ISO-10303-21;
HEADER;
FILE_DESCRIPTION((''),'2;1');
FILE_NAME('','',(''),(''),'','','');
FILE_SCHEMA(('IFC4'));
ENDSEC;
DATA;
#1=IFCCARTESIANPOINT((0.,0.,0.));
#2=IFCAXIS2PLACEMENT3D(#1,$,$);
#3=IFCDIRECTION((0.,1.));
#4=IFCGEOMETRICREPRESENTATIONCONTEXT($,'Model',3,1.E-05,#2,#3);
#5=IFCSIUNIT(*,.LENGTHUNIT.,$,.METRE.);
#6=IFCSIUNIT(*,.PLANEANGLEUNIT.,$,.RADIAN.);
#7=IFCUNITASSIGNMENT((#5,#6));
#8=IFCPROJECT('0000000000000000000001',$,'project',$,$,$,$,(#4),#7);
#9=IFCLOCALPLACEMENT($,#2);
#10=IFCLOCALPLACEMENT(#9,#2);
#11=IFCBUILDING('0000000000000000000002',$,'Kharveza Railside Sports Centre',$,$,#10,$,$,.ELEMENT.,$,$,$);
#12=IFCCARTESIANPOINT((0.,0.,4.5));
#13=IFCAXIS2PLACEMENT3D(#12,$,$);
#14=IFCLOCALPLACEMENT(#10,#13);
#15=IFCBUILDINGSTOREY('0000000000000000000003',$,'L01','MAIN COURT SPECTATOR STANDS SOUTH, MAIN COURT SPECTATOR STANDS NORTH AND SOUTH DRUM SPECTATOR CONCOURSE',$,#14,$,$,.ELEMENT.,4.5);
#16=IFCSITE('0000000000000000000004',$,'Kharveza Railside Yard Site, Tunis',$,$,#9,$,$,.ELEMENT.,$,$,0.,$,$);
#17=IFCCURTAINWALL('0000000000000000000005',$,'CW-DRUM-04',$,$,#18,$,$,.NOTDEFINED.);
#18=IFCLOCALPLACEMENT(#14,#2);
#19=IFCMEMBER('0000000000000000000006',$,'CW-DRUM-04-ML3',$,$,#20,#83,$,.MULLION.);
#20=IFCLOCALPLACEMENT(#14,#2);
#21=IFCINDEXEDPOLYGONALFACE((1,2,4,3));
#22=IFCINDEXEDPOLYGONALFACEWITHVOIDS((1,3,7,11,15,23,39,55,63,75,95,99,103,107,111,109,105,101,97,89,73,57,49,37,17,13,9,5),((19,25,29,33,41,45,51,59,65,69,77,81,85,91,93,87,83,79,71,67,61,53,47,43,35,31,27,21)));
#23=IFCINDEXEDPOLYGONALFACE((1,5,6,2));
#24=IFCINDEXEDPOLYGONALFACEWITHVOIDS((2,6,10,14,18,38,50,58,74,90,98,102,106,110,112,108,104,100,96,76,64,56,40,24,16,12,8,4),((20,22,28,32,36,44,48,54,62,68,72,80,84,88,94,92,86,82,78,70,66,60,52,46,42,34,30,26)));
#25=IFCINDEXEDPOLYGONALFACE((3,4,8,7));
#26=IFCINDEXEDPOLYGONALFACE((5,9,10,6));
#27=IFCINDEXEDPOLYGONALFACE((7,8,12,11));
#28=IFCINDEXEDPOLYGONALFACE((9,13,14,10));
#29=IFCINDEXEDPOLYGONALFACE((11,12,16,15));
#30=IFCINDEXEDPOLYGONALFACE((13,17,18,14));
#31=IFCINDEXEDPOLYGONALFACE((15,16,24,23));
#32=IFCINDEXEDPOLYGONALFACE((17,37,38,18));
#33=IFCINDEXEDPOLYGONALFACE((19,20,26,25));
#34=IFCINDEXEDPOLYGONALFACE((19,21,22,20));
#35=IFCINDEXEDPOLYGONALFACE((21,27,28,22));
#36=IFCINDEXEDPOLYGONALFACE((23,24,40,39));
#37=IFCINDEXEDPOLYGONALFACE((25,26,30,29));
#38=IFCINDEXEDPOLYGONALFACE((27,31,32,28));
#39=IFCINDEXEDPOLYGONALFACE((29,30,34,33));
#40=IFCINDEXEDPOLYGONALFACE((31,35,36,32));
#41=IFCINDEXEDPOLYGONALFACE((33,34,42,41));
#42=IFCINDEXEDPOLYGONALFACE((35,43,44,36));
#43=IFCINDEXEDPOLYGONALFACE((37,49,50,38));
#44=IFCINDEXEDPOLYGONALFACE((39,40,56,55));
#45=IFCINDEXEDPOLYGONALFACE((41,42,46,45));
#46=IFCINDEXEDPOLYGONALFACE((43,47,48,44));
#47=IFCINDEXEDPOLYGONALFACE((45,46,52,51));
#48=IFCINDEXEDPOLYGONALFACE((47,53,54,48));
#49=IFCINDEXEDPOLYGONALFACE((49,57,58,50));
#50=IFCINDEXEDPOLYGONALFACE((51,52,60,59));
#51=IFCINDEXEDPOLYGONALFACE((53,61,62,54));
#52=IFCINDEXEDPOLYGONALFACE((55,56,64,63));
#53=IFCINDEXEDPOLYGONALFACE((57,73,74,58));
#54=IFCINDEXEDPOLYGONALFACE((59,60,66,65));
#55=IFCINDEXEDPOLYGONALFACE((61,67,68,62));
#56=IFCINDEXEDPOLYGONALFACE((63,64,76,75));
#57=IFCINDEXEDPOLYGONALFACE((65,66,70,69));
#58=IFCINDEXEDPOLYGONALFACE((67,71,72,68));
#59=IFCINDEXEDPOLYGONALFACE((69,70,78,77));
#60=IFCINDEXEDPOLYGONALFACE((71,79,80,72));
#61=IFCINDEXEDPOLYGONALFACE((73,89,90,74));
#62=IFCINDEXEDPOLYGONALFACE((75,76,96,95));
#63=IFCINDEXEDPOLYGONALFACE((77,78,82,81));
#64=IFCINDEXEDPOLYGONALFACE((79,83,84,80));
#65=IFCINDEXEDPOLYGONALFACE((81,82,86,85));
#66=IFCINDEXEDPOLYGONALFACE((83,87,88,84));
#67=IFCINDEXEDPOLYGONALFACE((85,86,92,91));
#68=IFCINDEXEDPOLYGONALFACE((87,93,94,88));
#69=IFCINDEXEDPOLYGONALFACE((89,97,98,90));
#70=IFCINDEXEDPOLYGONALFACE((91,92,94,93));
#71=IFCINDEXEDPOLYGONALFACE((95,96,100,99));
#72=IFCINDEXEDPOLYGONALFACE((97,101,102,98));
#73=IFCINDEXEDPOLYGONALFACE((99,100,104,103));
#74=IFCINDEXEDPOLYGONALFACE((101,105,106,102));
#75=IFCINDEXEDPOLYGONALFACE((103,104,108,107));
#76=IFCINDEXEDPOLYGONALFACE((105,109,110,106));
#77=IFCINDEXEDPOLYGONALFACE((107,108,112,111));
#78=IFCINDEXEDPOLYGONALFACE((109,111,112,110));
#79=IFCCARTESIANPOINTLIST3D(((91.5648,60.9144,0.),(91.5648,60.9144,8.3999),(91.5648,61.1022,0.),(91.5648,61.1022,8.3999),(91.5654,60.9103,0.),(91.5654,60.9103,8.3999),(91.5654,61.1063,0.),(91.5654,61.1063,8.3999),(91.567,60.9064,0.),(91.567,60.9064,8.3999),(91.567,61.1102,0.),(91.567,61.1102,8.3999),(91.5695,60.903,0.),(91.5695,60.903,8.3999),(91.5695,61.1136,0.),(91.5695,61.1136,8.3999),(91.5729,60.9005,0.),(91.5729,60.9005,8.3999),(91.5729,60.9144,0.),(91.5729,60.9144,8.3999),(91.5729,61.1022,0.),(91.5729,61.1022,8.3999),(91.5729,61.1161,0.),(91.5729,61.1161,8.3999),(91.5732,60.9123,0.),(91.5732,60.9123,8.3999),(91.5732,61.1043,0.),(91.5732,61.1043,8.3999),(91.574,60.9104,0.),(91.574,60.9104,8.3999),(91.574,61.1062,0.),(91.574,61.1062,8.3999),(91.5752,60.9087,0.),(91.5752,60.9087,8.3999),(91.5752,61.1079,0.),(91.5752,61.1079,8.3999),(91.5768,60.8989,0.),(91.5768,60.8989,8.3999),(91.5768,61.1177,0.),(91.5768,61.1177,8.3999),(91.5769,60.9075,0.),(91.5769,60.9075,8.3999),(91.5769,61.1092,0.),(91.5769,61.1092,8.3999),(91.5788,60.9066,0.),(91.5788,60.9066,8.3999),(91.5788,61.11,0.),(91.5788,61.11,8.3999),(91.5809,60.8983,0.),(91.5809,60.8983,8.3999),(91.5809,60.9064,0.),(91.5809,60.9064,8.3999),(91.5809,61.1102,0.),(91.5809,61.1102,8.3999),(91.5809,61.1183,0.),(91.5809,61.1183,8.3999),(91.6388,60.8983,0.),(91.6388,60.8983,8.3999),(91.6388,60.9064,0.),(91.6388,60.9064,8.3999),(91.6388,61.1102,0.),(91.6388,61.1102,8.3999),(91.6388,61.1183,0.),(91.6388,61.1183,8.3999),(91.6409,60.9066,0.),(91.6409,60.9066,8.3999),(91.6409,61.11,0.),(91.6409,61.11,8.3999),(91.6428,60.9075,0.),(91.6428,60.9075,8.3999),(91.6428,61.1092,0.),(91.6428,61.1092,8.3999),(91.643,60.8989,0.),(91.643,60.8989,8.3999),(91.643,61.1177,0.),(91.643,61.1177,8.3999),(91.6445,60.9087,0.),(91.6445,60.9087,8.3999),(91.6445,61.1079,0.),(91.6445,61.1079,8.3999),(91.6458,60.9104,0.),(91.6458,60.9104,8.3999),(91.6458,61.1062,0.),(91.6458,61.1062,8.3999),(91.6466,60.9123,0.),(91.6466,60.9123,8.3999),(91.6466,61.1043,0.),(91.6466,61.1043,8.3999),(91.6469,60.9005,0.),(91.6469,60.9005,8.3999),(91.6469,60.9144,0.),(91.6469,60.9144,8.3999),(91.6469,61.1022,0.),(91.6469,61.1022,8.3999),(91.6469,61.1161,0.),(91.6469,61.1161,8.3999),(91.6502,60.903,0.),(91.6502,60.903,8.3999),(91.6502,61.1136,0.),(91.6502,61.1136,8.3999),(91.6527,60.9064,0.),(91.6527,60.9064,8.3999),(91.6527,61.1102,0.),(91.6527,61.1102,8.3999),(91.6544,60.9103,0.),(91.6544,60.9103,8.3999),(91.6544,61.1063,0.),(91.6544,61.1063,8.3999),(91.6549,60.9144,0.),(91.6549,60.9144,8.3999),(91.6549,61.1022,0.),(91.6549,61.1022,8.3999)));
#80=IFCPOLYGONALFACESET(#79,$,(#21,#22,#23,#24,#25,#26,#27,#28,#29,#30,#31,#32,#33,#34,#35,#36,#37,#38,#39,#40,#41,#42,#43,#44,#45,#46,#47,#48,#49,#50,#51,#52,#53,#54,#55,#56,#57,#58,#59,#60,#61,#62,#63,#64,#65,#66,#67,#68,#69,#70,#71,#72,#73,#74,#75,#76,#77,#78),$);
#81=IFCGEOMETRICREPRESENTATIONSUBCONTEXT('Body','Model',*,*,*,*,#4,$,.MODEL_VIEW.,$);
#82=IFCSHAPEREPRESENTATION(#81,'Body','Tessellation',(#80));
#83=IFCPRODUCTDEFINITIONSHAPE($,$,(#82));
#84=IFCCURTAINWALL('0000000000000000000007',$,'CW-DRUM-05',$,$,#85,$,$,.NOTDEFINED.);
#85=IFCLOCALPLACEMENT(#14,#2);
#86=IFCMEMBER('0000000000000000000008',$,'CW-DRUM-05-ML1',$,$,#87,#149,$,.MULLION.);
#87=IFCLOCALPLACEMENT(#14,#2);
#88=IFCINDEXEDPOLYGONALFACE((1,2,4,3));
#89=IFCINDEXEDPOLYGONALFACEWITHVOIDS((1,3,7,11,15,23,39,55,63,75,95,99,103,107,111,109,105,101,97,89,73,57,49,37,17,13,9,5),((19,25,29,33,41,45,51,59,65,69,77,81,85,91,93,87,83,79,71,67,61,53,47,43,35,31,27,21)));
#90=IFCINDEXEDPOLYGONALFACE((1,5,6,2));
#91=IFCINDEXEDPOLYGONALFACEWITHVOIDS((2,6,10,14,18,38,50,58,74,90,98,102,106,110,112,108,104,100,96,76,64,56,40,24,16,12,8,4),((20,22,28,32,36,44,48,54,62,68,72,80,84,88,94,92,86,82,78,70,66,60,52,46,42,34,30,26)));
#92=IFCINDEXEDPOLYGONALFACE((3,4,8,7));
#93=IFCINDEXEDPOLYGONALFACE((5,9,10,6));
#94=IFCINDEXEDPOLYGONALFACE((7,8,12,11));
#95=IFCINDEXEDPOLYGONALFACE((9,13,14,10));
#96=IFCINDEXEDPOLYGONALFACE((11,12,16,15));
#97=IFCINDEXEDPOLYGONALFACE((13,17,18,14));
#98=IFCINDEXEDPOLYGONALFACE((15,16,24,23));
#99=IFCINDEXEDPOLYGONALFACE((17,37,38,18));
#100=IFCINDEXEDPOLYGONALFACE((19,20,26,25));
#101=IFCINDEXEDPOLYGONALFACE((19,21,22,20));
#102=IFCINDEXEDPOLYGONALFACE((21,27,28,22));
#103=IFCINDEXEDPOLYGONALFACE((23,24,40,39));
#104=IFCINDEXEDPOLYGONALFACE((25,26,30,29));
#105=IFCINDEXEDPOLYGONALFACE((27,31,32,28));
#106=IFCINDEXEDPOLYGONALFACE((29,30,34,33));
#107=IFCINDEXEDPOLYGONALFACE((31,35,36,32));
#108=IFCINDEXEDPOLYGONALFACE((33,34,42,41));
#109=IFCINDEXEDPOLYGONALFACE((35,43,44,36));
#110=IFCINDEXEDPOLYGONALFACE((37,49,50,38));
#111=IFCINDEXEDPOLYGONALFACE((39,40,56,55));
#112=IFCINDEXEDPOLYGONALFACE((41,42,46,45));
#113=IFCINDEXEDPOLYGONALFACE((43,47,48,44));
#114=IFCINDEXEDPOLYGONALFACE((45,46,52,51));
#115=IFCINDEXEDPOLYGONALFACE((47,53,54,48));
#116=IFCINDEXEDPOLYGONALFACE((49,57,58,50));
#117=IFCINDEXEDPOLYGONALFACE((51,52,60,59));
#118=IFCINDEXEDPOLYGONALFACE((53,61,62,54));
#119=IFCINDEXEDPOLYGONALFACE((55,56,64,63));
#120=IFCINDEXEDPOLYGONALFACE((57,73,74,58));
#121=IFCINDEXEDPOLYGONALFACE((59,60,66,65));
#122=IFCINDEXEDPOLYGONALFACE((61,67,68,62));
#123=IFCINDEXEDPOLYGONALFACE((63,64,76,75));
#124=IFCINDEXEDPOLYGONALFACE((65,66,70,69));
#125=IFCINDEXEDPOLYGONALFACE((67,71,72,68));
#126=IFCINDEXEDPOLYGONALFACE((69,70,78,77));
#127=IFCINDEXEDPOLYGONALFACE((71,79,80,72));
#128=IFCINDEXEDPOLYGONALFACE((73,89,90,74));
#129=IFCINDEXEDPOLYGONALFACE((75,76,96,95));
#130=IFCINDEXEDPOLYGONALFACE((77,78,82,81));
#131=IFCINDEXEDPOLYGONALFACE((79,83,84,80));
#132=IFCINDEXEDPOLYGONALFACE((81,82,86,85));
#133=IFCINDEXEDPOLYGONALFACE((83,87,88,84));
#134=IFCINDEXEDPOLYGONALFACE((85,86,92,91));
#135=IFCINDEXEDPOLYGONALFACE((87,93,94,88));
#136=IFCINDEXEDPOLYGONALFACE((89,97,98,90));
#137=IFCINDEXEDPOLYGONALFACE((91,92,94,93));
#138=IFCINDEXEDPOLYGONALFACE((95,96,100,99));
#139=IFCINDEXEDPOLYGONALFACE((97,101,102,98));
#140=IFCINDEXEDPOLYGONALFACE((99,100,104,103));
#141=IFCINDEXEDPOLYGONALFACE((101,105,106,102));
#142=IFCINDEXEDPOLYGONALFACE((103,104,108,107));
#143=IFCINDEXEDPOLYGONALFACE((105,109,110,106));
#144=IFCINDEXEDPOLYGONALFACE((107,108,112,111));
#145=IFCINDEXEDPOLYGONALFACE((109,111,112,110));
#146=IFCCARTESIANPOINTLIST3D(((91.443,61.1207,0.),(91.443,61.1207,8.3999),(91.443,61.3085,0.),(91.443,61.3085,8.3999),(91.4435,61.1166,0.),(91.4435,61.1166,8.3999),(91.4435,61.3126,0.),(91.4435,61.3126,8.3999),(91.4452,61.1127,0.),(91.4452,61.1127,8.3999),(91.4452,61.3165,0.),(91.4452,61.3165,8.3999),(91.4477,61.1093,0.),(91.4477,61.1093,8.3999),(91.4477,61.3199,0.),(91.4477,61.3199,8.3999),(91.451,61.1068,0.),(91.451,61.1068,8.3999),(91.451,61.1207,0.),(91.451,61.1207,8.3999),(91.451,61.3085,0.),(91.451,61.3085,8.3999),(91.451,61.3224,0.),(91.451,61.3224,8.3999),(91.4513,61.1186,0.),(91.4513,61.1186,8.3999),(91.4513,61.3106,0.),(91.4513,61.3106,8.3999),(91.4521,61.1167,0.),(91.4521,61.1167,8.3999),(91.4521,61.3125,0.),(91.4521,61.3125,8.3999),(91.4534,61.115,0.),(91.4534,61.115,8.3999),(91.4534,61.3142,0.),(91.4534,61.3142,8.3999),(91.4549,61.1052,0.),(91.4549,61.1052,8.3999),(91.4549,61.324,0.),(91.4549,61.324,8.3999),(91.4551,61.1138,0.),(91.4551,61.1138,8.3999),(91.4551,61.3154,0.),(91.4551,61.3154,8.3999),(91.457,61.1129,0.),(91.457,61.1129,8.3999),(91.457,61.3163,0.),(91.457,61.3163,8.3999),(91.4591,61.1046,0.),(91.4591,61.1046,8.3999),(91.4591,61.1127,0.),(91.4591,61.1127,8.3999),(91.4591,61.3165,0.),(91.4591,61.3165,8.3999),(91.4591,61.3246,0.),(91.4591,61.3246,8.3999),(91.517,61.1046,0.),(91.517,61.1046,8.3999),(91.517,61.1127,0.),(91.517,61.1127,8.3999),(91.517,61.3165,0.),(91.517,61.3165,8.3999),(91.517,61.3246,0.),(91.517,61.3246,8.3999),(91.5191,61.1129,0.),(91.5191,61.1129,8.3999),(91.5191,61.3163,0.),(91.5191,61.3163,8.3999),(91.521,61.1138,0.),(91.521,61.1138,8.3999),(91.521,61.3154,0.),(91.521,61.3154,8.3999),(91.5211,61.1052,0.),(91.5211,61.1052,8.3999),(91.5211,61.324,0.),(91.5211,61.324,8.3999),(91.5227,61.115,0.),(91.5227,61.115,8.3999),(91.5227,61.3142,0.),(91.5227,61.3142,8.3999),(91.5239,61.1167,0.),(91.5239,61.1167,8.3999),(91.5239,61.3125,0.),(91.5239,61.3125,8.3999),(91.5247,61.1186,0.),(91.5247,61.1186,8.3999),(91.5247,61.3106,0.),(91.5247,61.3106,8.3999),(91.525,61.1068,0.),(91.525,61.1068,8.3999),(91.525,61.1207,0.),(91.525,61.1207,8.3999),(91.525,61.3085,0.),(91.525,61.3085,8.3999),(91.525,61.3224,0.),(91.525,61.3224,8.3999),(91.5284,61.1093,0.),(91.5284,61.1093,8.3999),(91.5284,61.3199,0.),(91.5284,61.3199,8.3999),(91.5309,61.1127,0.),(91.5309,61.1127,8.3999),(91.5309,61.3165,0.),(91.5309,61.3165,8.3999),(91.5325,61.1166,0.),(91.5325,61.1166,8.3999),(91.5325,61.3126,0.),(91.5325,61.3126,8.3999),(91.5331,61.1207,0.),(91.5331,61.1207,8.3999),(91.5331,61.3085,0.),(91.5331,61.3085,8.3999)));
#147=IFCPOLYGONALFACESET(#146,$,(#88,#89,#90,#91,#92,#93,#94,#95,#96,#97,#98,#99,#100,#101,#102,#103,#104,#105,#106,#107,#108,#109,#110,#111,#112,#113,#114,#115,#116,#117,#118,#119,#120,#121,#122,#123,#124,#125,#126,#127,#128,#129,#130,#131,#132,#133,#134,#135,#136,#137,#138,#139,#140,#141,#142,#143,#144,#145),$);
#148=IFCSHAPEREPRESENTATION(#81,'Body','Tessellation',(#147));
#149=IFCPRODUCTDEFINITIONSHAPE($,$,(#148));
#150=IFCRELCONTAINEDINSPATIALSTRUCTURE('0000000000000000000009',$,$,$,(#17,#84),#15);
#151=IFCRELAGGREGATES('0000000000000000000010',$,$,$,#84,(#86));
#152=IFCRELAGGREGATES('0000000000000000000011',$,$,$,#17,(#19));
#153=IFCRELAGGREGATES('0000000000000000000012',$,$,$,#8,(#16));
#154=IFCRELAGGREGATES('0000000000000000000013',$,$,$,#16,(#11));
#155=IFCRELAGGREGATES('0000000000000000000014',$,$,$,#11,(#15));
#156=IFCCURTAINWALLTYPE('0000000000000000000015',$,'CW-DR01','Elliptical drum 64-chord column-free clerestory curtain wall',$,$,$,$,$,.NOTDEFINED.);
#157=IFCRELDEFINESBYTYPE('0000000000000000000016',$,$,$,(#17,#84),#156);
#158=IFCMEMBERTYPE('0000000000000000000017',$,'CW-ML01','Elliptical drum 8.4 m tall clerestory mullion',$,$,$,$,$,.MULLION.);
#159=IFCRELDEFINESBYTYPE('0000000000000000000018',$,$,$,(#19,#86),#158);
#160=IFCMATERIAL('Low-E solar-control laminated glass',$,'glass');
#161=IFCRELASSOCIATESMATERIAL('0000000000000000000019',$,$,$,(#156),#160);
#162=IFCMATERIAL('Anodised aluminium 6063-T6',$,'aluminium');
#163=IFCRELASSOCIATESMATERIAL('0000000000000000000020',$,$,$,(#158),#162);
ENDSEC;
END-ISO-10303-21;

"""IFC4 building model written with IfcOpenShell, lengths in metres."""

from ifc_helpers import new_model, si_unit, direction, frame, origin, origin_2d, place, context, subcontext, project, spatial, hollow_rectangle, extrude, material, material_profile, profile_set, type_object, element, aggregate, save


model = new_model("IFC4")

# Units and contexts
model_context = context("Model", 3, precision=1e-05, world=origin(), true_north=direction((0.0, 1.0)))
body_context = subcontext(model_context, "Body", "Model", "MODEL_VIEW")
ifc_project = project(units=[si_unit("LENGTHUNIT", "METRE"), si_unit("PLANEANGLEUNIT", "RADIAN")], contexts=[model_context])

# Site, building, storey
site_placement = place(None, origin())
site = spatial("IfcSite", under=ifc_project, at=site_placement, Name="Kharveza Railside Yard Site, Tunis", CompositionType="ELEMENT", RefElevation=0.0)
building_placement = place(site_placement, origin())
building = spatial("IfcBuilding", under=site, at=building_placement, Name="Kharveza Railside Sports Centre", CompositionType="ELEMENT")
storey_placement = place(building_placement, frame((0.0, 0.0, 4.5)))
storey = spatial("IfcBuildingStorey", under=building, at=storey_placement, Name="L01", Description="MAIN COURT SPECTATOR STANDS SOUTH, MAIN COURT SPECTATOR STANDS NORTH AND SOUTH DRUM SPECTATOR CONCOURSE", CompositionType="ELEMENT", Elevation=4.5)

# Curtain wall, member
ifc_material_1 = material(Name="Low-E solar-control laminated glass", Category="glass")
curtain_wall_type = type_object("IfcCurtainWallType", Name="CW-DR01", Description="Elliptical drum 64-chord column-free clerestory curtain wall", PredefinedType="NOTDEFINED", material=ifc_material_1)
ifc_material_2 = material(Name="Anodised aluminium 6063-T6", Category="aluminium")
ifc_material_profile_1 = material_profile(ifc_material_2, hollow_rectangle(XDim=0.0901, YDim=0.22, WallThickness=0.0081, InnerFilletRadius=0.0081, OuterFilletRadius=0.0161, at=origin_2d()), Name="RHS 90x220x8.0")
ifc_profile_set_1 = profile_set([ifc_material_profile_1], Name="Anodised aluminium 6063-T6")
member_type_1 = type_object("IfcMemberType", Name="CW-ML01", Description="Elliptical drum 8.4 m tall clerestory mullion", PredefinedType="MULLION", material=ifc_profile_set_1)
curtain_wall_1_placement = place(storey_placement, origin())
curtain_wall_1 = element("IfcCurtainWall", 1, at=curtain_wall_1_placement, inside=storey, type_object=curtain_wall_type, Name="CW-DRUM-04", PredefinedType="NOTDEFINED")
member_1_placement = place(storey_placement, frame((91.6099, 61.0083, 0.0), z_axis=(0.0, 0.0, 1.0), x_axis=(1.0, 0.0, 0.0)))
member_1 = element("IfcMember", 2, at=member_1_placement, type_object=member_type_1, Name="CW-DRUM-04-ML3", PredefinedType="MULLION", context=body_context, shape_type="SweptSolid", body=[
    extrude(hollow_rectangle(XDim=0.0901, YDim=0.22, WallThickness=0.0081, InnerFilletRadius=0.0081, OuterFilletRadius=0.0161, at=origin_2d()), origin(), (0.0, 0.0, 1.0), 8.3999),
])

# Curtain wall, member
curtain_wall_2_placement = place(storey_placement, origin())
curtain_wall_2 = element("IfcCurtainWall", 3, at=curtain_wall_2_placement, inside=storey, type_object=curtain_wall_type, Name="CW-DRUM-05", PredefinedType="NOTDEFINED")
member_2_placement = place(storey_placement, frame((91.488, 61.2146, 0.0), z_axis=(0.0, 0.0, 1.0), x_axis=(1.0, 0.0, 0.0)))
member_2 = element("IfcMember", 4, at=member_2_placement, type_object=member_type_1, Name="CW-DRUM-05-ML1", PredefinedType="MULLION", context=body_context, shape_type="SweptSolid", body=[
    extrude(hollow_rectangle(XDim=0.0901, YDim=0.22, WallThickness=0.0081, InnerFilletRadius=0.0081, OuterFilletRadius=0.0161, at=origin_2d()), origin(), (0.0, 0.0, 1.0), 8.3999),
])

aggregate(curtain_wall_2, [member_2])

aggregate(curtain_wall_1, [member_1])

save(model, "model.ifc")
